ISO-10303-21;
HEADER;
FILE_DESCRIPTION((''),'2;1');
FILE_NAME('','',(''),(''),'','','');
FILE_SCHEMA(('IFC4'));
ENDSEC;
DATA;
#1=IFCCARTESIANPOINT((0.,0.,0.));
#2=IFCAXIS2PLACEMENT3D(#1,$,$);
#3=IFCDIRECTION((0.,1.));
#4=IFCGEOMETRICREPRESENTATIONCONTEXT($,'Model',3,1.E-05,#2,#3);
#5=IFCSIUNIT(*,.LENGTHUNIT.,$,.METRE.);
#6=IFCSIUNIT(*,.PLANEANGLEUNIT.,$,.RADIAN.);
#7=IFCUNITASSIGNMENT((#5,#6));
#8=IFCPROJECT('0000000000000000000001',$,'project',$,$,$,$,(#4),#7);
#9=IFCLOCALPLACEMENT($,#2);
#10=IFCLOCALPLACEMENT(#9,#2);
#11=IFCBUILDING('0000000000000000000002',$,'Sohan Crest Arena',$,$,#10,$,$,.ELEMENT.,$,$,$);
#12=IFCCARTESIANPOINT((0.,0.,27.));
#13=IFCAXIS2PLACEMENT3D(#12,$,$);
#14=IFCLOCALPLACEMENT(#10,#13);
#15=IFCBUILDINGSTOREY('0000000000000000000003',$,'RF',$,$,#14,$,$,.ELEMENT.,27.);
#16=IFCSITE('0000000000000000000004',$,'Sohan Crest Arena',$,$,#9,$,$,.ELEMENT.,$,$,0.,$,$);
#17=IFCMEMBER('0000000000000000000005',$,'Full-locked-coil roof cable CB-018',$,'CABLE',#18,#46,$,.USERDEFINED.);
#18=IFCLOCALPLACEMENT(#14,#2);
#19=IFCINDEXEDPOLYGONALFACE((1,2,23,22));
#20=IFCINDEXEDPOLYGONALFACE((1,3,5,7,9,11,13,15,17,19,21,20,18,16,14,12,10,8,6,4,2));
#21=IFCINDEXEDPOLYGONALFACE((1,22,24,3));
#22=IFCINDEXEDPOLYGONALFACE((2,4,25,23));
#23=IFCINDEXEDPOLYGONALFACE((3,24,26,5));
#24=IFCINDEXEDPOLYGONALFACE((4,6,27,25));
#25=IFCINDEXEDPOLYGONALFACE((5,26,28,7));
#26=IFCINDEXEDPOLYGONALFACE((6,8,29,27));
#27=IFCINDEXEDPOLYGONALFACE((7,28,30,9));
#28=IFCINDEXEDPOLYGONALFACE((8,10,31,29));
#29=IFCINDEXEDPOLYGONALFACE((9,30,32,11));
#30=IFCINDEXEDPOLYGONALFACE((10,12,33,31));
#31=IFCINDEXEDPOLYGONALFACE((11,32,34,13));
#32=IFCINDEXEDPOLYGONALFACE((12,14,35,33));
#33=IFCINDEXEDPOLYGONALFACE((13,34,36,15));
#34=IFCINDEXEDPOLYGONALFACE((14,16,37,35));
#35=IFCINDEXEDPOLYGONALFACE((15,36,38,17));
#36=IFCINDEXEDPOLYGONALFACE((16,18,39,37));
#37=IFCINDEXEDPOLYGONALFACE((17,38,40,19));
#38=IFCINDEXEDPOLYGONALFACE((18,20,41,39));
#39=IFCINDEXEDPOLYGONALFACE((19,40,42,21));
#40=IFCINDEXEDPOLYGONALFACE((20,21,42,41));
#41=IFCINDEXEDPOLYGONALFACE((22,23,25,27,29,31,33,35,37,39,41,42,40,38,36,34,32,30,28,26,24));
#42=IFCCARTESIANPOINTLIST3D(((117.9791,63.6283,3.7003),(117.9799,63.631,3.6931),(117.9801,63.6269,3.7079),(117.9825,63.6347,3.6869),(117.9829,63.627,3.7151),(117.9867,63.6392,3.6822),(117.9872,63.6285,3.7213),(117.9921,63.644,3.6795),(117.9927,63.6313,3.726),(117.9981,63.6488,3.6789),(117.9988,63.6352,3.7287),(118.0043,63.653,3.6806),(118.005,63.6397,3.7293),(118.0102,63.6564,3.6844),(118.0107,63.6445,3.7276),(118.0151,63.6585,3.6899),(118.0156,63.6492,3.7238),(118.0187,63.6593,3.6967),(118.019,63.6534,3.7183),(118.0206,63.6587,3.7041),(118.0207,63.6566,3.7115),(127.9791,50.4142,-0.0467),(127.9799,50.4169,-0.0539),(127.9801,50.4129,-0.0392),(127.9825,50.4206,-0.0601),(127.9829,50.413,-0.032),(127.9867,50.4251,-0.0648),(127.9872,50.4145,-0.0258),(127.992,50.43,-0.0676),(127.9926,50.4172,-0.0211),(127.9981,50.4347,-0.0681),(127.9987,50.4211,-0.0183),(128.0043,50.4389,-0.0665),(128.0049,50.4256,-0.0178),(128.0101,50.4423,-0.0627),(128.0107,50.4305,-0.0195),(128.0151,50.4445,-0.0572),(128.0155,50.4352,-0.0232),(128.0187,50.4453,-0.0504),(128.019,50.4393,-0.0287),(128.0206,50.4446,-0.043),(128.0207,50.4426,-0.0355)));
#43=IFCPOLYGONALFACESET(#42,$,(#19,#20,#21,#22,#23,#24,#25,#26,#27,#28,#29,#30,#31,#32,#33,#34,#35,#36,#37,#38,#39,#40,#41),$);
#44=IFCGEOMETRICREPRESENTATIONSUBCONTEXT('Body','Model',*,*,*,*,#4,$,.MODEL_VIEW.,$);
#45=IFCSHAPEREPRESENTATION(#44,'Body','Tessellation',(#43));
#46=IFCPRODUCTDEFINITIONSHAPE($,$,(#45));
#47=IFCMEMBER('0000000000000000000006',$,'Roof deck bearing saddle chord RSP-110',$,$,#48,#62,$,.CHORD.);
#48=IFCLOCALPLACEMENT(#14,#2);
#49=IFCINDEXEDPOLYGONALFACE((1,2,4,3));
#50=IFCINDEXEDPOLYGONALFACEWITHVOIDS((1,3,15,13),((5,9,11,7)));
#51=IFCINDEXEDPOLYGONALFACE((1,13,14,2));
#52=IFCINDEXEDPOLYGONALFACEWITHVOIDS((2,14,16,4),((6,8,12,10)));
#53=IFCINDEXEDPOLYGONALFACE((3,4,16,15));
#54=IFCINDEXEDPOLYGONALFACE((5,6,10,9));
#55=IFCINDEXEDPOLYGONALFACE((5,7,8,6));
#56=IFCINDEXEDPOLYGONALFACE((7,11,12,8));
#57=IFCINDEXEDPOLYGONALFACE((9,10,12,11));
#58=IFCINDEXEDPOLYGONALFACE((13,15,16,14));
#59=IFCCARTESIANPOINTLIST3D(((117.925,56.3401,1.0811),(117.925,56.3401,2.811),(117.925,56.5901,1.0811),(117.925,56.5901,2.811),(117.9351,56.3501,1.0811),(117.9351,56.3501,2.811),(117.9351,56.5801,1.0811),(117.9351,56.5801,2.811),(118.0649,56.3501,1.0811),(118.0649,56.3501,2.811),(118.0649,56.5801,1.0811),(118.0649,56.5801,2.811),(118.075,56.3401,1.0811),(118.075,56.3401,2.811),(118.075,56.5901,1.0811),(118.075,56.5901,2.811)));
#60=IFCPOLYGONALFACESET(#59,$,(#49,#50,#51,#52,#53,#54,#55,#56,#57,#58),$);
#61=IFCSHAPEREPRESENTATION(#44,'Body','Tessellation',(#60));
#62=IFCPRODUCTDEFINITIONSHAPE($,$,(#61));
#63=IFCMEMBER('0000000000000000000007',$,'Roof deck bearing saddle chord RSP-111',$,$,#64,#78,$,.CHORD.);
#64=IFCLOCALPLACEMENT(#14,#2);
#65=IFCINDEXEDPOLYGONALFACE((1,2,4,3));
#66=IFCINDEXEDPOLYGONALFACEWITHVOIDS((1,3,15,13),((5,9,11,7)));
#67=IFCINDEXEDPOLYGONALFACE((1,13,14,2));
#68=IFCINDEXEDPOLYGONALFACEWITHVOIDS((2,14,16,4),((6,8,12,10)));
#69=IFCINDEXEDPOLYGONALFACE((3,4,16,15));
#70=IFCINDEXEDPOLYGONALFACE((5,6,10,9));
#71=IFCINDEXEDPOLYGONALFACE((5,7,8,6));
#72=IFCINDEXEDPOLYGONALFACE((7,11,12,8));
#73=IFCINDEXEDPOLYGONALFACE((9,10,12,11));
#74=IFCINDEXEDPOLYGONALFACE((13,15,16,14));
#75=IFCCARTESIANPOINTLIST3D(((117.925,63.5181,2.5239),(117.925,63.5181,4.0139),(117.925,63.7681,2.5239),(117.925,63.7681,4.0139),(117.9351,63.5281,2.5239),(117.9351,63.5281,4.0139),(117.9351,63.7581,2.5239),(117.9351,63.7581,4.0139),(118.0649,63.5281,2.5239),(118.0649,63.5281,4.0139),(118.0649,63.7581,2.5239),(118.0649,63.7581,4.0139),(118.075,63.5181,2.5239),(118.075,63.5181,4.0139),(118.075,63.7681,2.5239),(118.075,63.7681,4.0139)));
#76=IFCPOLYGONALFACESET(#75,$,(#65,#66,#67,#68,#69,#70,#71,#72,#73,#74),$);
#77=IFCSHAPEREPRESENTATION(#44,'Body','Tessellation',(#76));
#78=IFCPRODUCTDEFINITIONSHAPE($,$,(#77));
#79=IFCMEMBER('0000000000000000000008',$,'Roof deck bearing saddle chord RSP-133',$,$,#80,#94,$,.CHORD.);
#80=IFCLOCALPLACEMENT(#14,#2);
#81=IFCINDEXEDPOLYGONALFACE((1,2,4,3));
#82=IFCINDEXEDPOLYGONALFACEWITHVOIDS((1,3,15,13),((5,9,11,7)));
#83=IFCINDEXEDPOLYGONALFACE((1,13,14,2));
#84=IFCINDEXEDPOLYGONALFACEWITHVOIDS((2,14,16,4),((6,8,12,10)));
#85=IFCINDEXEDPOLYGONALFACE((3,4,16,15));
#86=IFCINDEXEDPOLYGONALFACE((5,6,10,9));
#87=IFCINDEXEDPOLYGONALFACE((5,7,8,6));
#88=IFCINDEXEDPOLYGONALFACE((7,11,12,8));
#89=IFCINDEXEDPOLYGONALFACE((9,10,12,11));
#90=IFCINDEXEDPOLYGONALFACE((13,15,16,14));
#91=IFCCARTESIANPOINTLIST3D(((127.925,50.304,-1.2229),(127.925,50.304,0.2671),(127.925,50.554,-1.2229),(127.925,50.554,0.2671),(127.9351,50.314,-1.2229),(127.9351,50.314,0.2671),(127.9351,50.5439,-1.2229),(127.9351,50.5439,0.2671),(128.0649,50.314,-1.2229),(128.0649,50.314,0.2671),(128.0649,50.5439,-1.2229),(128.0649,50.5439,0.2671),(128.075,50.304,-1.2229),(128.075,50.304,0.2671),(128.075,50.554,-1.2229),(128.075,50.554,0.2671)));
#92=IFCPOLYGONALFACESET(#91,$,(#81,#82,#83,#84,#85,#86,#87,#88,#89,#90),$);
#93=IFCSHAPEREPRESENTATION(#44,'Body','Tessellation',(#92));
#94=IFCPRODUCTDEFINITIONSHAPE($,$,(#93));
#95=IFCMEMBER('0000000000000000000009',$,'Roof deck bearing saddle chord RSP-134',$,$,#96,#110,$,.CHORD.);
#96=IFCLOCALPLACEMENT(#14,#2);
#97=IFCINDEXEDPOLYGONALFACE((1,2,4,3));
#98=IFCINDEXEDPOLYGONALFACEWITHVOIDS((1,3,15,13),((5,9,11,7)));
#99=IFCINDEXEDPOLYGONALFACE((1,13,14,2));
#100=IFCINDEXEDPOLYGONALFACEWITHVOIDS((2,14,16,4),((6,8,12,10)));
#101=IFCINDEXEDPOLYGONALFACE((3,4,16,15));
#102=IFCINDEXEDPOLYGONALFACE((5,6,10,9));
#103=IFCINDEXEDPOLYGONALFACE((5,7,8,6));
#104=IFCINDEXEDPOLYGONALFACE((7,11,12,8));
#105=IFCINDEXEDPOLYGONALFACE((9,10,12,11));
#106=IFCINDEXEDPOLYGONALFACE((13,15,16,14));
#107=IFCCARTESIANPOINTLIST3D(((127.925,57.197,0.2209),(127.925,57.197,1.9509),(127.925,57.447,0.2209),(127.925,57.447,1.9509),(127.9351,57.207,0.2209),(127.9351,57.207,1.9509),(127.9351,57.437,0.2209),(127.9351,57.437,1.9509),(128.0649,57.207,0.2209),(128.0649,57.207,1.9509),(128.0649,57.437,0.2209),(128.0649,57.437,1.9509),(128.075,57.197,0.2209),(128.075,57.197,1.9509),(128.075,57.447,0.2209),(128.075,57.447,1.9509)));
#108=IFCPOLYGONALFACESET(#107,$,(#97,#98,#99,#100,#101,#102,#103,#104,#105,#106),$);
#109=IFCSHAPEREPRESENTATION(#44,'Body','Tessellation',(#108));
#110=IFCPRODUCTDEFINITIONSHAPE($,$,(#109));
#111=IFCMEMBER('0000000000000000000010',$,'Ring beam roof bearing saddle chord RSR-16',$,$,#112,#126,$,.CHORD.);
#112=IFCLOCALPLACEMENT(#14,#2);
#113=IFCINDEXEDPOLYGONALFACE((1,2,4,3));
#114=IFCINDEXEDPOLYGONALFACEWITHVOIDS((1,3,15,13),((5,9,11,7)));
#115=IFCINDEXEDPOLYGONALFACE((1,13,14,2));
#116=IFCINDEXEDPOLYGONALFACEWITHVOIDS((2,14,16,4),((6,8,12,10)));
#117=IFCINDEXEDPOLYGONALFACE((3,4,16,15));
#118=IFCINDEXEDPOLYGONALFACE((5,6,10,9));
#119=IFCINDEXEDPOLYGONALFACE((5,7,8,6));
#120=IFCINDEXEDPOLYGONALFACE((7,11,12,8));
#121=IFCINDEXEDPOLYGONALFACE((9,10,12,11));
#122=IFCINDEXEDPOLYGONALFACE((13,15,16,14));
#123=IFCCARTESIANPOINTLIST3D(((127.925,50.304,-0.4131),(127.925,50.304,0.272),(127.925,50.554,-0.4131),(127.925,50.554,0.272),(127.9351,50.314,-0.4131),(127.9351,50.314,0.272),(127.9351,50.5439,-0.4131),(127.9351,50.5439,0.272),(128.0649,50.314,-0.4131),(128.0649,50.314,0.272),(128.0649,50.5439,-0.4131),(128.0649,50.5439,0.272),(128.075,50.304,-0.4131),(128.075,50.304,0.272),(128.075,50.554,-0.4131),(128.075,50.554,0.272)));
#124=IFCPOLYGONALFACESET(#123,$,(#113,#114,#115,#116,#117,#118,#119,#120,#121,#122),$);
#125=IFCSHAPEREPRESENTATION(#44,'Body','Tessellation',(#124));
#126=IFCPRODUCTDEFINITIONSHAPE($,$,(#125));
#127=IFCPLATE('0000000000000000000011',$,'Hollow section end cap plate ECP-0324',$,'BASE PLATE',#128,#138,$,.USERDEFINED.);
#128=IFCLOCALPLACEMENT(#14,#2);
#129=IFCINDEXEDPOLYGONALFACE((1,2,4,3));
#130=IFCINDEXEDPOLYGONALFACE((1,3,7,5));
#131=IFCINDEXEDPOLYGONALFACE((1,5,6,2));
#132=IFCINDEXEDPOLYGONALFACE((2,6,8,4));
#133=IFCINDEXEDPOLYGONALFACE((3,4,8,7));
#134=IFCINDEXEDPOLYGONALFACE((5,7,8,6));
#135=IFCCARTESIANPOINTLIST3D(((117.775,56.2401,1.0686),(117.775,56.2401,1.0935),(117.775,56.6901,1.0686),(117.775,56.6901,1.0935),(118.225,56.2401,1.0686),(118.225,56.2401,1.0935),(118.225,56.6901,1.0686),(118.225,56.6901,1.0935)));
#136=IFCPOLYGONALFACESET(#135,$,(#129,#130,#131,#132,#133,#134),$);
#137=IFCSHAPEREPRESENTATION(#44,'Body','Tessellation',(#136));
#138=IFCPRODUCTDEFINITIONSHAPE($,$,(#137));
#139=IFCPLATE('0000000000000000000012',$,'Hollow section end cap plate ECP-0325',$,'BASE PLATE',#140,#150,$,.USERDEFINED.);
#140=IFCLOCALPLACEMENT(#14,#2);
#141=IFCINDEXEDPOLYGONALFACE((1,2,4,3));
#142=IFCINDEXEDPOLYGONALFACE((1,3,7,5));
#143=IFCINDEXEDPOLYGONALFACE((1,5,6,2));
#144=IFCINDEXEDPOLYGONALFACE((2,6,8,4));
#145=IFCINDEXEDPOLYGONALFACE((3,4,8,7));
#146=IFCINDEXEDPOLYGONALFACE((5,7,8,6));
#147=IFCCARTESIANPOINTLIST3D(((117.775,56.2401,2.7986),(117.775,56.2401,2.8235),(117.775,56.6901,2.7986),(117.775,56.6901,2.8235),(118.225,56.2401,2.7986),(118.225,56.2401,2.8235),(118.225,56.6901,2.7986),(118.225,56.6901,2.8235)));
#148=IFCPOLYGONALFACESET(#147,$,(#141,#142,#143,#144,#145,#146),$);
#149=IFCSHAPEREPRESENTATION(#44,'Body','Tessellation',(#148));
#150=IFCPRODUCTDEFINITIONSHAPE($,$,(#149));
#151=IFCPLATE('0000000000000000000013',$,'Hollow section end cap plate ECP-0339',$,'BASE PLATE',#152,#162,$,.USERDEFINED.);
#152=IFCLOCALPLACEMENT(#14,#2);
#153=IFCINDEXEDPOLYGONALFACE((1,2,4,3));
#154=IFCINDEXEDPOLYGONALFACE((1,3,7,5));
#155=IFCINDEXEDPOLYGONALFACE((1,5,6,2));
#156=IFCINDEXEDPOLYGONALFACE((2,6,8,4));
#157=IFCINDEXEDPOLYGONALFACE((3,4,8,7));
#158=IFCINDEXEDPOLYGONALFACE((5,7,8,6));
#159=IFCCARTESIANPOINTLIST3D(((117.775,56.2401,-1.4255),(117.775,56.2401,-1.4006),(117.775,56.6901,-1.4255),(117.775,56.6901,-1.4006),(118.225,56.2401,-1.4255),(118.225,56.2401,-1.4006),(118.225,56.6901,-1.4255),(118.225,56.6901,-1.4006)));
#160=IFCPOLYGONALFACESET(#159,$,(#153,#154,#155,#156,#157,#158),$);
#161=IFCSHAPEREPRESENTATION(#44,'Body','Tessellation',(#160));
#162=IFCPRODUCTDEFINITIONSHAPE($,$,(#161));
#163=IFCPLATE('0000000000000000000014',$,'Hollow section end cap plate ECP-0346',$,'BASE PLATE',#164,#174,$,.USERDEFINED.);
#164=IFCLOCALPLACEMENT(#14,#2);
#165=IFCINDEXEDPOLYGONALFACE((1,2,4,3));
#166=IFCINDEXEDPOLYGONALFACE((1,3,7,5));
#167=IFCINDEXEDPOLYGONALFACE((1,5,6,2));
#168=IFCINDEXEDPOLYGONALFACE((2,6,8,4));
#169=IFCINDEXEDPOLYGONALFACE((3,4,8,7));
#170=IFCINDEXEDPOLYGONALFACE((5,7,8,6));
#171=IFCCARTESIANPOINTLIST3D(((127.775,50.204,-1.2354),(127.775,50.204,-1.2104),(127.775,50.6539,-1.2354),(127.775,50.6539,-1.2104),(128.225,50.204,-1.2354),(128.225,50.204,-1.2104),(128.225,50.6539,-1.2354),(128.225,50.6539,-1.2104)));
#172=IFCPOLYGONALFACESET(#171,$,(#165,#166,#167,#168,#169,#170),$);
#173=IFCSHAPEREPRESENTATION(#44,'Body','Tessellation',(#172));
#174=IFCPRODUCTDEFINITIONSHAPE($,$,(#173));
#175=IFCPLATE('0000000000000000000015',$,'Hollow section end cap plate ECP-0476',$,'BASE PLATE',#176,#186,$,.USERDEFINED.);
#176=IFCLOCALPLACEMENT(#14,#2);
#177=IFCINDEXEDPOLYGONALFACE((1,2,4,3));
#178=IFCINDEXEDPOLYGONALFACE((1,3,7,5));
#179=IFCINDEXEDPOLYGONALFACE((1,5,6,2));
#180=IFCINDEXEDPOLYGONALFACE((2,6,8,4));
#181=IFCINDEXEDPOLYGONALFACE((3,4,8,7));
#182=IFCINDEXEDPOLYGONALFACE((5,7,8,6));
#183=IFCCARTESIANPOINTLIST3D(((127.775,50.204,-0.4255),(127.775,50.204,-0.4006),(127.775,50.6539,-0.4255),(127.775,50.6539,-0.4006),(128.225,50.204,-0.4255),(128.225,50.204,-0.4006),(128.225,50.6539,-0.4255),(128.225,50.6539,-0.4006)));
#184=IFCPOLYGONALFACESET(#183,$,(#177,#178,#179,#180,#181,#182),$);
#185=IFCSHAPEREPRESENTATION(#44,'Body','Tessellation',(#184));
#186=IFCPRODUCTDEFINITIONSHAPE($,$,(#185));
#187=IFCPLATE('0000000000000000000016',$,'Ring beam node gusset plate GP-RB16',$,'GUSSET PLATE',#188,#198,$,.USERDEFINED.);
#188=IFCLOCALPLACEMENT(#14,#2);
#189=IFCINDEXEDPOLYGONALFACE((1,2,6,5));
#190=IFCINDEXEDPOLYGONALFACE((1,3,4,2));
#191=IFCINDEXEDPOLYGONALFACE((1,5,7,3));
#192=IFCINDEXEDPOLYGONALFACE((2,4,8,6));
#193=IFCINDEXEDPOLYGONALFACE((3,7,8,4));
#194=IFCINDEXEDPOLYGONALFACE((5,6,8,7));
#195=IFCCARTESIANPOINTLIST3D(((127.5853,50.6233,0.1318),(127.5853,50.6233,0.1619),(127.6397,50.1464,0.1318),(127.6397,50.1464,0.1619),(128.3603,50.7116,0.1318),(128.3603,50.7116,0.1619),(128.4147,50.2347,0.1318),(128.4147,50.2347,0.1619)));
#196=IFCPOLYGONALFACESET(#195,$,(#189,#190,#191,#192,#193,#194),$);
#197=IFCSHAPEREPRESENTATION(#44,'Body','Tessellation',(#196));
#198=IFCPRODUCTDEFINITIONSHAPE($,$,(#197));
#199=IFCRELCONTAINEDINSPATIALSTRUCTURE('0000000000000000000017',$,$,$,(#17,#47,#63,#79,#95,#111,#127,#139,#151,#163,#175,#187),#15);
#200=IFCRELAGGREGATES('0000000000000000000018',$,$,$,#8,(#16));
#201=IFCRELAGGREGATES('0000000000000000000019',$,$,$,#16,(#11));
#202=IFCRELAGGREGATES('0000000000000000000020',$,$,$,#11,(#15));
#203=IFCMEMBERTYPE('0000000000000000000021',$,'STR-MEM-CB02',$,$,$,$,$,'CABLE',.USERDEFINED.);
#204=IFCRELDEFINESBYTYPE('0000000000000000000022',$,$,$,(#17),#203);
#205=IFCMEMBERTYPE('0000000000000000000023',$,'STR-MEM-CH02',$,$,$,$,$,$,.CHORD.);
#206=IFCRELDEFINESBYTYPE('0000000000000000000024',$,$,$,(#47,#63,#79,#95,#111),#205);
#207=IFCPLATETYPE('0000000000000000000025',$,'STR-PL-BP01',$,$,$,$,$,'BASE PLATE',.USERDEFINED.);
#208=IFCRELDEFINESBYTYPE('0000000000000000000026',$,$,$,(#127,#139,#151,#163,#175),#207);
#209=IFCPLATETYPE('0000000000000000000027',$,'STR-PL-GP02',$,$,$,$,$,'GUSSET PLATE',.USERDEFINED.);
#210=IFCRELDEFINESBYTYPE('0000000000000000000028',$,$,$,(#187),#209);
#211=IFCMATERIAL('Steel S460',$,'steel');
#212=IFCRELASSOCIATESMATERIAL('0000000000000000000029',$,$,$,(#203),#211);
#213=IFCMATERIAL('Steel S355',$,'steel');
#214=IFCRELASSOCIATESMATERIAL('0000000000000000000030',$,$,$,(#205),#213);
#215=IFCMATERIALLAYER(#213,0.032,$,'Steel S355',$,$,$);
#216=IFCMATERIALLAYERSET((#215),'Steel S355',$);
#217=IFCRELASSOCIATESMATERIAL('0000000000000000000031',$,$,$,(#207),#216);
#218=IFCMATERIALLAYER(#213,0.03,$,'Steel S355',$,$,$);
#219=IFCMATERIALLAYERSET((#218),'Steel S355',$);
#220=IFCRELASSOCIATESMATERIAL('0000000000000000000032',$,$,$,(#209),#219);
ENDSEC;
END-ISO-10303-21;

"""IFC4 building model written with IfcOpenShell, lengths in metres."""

from ifc_helpers import new_model, si_unit, direction, frame, origin, origin_2d, place, context, subcontext, project, spatial, rectangle, hollow_rectangle, circle, extrude, material, layer, layer_set, material_profile, profile_set, type_object, element, save


model = new_model("IFC4")

# Units and contexts
model_context = context("Model", 3, precision=1e-05, world=origin(), true_north=direction((0.0, 1.0)))
body_context = subcontext(model_context, "Body", "Model", "MODEL_VIEW")
ifc_project = project(units=[si_unit("LENGTHUNIT", "METRE"), si_unit("PLANEANGLEUNIT", "RADIAN")], contexts=[model_context])

# Site, building, storey
site_placement = place(None, origin())
site = spatial("IfcSite", under=ifc_project, at=site_placement, Name="Sohan Crest Arena", CompositionType="ELEMENT", RefElevation=0.0)
building_placement = place(site_placement, origin())
building = spatial("IfcBuilding", under=site, at=building_placement, Name="Sohan Crest Arena", CompositionType="ELEMENT")
storey_placement = place(building_placement, frame((0.0, 0.0, 27.0)))
storey = spatial("IfcBuildingStorey", under=building, at=storey_placement, Name="RF", CompositionType="ELEMENT", Elevation=27.0)

# Shared definitions
ifc_material_1 = material(Name="Steel S355", Category="steel")

# Members
ifc_material_2 = material(Name="Steel S460", Category="steel")
ifc_material_profile_1 = material_profile(ifc_material_2, circle(Radius=0.0259, at=origin_2d()), Name="FLC D52")
ifc_profile_set_1 = profile_set([ifc_material_profile_1], Name="Steel S460")
member_type_1 = type_object("IfcMemberType", Name="STR-MEM-CB02", ElementType="CABLE", PredefinedType="USERDEFINED", material=ifc_profile_set_1)
member_1_placement = place(storey_placement, frame((118.0, 63.6431, 3.7041), z_axis=(0.588588, -0.777767, -0.220548), x_axis=(0.797403, 0.603448, 0.0)))
element("IfcMember", 1, at=member_1_placement, inside=storey, type_object=member_type_1, Name="Full-locked-coil roof cable CB-018", ObjectType="CABLE", PredefinedType="USERDEFINED", context=body_context, shape_type="SweptSolid", body=[
    extrude(circle(Radius=0.0259, at=origin_2d()), origin(), (0.0, 0.0, 1.0), 16.9897),
])
ifc_material_profile_2 = material_profile(ifc_material_1, hollow_rectangle(XDim=0.1499, YDim=0.25, WallThickness=0.01, at=origin_2d()), Name="RHS 250x150x10")
ifc_profile_set_2 = profile_set([ifc_material_profile_2], Name="Steel S355")
member_type_2 = type_object("IfcMemberType", Name="STR-MEM-CH02", PredefinedType="CHORD", material=ifc_profile_set_2)
member_2_placement = place(storey_placement, frame((118.0, 56.4651, 1.0811), z_axis=(0.0, 0.0, 1.0), x_axis=(1.0, 0.0, 0.0)))
element("IfcMember", 2, at=member_2_placement, inside=storey, type_object=member_type_2, Name="Roof deck bearing saddle chord RSP-110", PredefinedType="CHORD", context=body_context, shape_type="SweptSolid", body=[
    extrude(hollow_rectangle(XDim=0.1499, YDim=0.25, WallThickness=0.01, at=origin_2d()), origin(), (0.0, 0.0, 1.0), 1.73),
])
for number, where, z_axis, x_axis, name in (
    (3, (118.0, 63.6431, 2.5239), (0.0, 0.0, 1.0), (1.0, 0.0, 0.0), "Roof deck bearing saddle chord RSP-111"),
    (4, (128.0, 50.429, -1.2229), (0.0, 0.0, 1.0), (1.0, 0.0, 0.0), "Roof deck bearing saddle chord RSP-133"),
):
    element("IfcMember", number, at=place(storey_placement, frame(where, z_axis=z_axis, x_axis=x_axis)), inside=storey, type_object=member_type_2, Name=name, PredefinedType="CHORD", context=body_context, shape_type="SweptSolid", body=[
        extrude(hollow_rectangle(XDim=0.1499, YDim=0.25, WallThickness=0.01, at=origin_2d()), origin(), (0.0, 0.0, 1.0), 1.49),
    ])
member_3_placement = place(storey_placement, frame((128.0, 57.322, 0.2209), z_axis=(0.0, 0.0, 1.0), x_axis=(1.0, 0.0, 0.0)))
element("IfcMember", 5, at=member_3_placement, inside=storey, type_object=member_type_2, Name="Roof deck bearing saddle chord RSP-134", PredefinedType="CHORD", context=body_context, shape_type="SweptSolid", body=[
    extrude(hollow_rectangle(XDim=0.1499, YDim=0.25, WallThickness=0.01, at=origin_2d()), origin(), (0.0, 0.0, 1.0), 1.73),
])
member_4_placement = place(storey_placement, frame((128.0, 50.429, -0.4131), z_axis=(0.0, 0.0, 1.0), x_axis=(1.0, 0.0, 0.0)))
element("IfcMember", 6, at=member_4_placement, inside=storey, type_object=member_type_2, Name="Ring beam roof bearing saddle chord RSR-16", PredefinedType="CHORD", context=body_context, shape_type="SweptSolid", body=[
    extrude(hollow_rectangle(XDim=0.1499, YDim=0.25, WallThickness=0.01, at=origin_2d()), origin(), (0.0, 0.0, 1.0), 0.6851),
])

# Plates
ifc_layer_1 = layer(ifc_material_1, 0.032, Name="Steel S355")
ifc_layer_set_1 = layer_set([ifc_layer_1], Name="Steel S355")
plate_type_1 = type_object("IfcPlateType", Name="STR-PL-BP01", ElementType="BASE PLATE", PredefinedType="USERDEFINED", material=ifc_layer_set_1)
for number, where, z_axis, x_axis, name in (
    (7, (118.0, 56.4651, 1.0686), (0.0, 0.0, 1.0), (1.0, 0.0, 0.0), "Hollow section end cap plate ECP-0324"),
    (8, (118.0, 56.4651, 2.7986), (0.0, 0.0, 1.0), (1.0, 0.0, 0.0), "Hollow section end cap plate ECP-0325"),
    (9, (118.0, 56.4651, -1.4255), (0.0, 0.0, 1.0), (1.0, 0.0, 0.0), "Hollow section end cap plate ECP-0339"),
    (10, (128.0, 50.429, -1.2354), (0.0, 0.0, 1.0), (1.0, 0.0, 0.0), "Hollow section end cap plate ECP-0346"),
    (11, (128.0, 50.429, -0.4255), (0.0, 0.0, 1.0), (1.0, 0.0, 0.0), "Hollow section end cap plate ECP-0476"),
):
    element("IfcPlate", number, at=place(storey_placement, frame(where, z_axis=z_axis, x_axis=x_axis)), inside=storey, type_object=plate_type_1, Name=name, ObjectType="BASE PLATE", PredefinedType="USERDEFINED", context=body_context, shape_type="SweptSolid", body=[
        extrude(rectangle(XDim=0.45, YDim=0.45, at=origin_2d()), origin(), (0.0, 0.0, 1.0), 0.0249),
    ])
ifc_layer_2 = layer(ifc_material_1, 0.03, Name="Steel S355")
ifc_layer_set_2 = layer_set([ifc_layer_2], Name="Steel S355")
plate_type_2 = type_object("IfcPlateType", Name="STR-PL-GP02", ElementType="GUSSET PLATE", PredefinedType="USERDEFINED", material=ifc_layer_set_2)
plate_placement = place(storey_placement, frame((128.0, 50.429, 0.1318), z_axis=(0.0, 0.0, 1.0), x_axis=(0.993572, 0.113203, 0.0)))
element("IfcPlate", 12, at=plate_placement, inside=storey, type_object=plate_type_2, Name="Ring beam node gusset plate GP-RB16", ObjectType="GUSSET PLATE", PredefinedType="USERDEFINED", context=body_context, shape_type="SweptSolid", body=[
    extrude(rectangle(XDim=0.78, YDim=0.48, at=origin_2d()), origin(), (0.0, 0.0, 1.0), 0.03),
])

save(model, "model.ifc")
